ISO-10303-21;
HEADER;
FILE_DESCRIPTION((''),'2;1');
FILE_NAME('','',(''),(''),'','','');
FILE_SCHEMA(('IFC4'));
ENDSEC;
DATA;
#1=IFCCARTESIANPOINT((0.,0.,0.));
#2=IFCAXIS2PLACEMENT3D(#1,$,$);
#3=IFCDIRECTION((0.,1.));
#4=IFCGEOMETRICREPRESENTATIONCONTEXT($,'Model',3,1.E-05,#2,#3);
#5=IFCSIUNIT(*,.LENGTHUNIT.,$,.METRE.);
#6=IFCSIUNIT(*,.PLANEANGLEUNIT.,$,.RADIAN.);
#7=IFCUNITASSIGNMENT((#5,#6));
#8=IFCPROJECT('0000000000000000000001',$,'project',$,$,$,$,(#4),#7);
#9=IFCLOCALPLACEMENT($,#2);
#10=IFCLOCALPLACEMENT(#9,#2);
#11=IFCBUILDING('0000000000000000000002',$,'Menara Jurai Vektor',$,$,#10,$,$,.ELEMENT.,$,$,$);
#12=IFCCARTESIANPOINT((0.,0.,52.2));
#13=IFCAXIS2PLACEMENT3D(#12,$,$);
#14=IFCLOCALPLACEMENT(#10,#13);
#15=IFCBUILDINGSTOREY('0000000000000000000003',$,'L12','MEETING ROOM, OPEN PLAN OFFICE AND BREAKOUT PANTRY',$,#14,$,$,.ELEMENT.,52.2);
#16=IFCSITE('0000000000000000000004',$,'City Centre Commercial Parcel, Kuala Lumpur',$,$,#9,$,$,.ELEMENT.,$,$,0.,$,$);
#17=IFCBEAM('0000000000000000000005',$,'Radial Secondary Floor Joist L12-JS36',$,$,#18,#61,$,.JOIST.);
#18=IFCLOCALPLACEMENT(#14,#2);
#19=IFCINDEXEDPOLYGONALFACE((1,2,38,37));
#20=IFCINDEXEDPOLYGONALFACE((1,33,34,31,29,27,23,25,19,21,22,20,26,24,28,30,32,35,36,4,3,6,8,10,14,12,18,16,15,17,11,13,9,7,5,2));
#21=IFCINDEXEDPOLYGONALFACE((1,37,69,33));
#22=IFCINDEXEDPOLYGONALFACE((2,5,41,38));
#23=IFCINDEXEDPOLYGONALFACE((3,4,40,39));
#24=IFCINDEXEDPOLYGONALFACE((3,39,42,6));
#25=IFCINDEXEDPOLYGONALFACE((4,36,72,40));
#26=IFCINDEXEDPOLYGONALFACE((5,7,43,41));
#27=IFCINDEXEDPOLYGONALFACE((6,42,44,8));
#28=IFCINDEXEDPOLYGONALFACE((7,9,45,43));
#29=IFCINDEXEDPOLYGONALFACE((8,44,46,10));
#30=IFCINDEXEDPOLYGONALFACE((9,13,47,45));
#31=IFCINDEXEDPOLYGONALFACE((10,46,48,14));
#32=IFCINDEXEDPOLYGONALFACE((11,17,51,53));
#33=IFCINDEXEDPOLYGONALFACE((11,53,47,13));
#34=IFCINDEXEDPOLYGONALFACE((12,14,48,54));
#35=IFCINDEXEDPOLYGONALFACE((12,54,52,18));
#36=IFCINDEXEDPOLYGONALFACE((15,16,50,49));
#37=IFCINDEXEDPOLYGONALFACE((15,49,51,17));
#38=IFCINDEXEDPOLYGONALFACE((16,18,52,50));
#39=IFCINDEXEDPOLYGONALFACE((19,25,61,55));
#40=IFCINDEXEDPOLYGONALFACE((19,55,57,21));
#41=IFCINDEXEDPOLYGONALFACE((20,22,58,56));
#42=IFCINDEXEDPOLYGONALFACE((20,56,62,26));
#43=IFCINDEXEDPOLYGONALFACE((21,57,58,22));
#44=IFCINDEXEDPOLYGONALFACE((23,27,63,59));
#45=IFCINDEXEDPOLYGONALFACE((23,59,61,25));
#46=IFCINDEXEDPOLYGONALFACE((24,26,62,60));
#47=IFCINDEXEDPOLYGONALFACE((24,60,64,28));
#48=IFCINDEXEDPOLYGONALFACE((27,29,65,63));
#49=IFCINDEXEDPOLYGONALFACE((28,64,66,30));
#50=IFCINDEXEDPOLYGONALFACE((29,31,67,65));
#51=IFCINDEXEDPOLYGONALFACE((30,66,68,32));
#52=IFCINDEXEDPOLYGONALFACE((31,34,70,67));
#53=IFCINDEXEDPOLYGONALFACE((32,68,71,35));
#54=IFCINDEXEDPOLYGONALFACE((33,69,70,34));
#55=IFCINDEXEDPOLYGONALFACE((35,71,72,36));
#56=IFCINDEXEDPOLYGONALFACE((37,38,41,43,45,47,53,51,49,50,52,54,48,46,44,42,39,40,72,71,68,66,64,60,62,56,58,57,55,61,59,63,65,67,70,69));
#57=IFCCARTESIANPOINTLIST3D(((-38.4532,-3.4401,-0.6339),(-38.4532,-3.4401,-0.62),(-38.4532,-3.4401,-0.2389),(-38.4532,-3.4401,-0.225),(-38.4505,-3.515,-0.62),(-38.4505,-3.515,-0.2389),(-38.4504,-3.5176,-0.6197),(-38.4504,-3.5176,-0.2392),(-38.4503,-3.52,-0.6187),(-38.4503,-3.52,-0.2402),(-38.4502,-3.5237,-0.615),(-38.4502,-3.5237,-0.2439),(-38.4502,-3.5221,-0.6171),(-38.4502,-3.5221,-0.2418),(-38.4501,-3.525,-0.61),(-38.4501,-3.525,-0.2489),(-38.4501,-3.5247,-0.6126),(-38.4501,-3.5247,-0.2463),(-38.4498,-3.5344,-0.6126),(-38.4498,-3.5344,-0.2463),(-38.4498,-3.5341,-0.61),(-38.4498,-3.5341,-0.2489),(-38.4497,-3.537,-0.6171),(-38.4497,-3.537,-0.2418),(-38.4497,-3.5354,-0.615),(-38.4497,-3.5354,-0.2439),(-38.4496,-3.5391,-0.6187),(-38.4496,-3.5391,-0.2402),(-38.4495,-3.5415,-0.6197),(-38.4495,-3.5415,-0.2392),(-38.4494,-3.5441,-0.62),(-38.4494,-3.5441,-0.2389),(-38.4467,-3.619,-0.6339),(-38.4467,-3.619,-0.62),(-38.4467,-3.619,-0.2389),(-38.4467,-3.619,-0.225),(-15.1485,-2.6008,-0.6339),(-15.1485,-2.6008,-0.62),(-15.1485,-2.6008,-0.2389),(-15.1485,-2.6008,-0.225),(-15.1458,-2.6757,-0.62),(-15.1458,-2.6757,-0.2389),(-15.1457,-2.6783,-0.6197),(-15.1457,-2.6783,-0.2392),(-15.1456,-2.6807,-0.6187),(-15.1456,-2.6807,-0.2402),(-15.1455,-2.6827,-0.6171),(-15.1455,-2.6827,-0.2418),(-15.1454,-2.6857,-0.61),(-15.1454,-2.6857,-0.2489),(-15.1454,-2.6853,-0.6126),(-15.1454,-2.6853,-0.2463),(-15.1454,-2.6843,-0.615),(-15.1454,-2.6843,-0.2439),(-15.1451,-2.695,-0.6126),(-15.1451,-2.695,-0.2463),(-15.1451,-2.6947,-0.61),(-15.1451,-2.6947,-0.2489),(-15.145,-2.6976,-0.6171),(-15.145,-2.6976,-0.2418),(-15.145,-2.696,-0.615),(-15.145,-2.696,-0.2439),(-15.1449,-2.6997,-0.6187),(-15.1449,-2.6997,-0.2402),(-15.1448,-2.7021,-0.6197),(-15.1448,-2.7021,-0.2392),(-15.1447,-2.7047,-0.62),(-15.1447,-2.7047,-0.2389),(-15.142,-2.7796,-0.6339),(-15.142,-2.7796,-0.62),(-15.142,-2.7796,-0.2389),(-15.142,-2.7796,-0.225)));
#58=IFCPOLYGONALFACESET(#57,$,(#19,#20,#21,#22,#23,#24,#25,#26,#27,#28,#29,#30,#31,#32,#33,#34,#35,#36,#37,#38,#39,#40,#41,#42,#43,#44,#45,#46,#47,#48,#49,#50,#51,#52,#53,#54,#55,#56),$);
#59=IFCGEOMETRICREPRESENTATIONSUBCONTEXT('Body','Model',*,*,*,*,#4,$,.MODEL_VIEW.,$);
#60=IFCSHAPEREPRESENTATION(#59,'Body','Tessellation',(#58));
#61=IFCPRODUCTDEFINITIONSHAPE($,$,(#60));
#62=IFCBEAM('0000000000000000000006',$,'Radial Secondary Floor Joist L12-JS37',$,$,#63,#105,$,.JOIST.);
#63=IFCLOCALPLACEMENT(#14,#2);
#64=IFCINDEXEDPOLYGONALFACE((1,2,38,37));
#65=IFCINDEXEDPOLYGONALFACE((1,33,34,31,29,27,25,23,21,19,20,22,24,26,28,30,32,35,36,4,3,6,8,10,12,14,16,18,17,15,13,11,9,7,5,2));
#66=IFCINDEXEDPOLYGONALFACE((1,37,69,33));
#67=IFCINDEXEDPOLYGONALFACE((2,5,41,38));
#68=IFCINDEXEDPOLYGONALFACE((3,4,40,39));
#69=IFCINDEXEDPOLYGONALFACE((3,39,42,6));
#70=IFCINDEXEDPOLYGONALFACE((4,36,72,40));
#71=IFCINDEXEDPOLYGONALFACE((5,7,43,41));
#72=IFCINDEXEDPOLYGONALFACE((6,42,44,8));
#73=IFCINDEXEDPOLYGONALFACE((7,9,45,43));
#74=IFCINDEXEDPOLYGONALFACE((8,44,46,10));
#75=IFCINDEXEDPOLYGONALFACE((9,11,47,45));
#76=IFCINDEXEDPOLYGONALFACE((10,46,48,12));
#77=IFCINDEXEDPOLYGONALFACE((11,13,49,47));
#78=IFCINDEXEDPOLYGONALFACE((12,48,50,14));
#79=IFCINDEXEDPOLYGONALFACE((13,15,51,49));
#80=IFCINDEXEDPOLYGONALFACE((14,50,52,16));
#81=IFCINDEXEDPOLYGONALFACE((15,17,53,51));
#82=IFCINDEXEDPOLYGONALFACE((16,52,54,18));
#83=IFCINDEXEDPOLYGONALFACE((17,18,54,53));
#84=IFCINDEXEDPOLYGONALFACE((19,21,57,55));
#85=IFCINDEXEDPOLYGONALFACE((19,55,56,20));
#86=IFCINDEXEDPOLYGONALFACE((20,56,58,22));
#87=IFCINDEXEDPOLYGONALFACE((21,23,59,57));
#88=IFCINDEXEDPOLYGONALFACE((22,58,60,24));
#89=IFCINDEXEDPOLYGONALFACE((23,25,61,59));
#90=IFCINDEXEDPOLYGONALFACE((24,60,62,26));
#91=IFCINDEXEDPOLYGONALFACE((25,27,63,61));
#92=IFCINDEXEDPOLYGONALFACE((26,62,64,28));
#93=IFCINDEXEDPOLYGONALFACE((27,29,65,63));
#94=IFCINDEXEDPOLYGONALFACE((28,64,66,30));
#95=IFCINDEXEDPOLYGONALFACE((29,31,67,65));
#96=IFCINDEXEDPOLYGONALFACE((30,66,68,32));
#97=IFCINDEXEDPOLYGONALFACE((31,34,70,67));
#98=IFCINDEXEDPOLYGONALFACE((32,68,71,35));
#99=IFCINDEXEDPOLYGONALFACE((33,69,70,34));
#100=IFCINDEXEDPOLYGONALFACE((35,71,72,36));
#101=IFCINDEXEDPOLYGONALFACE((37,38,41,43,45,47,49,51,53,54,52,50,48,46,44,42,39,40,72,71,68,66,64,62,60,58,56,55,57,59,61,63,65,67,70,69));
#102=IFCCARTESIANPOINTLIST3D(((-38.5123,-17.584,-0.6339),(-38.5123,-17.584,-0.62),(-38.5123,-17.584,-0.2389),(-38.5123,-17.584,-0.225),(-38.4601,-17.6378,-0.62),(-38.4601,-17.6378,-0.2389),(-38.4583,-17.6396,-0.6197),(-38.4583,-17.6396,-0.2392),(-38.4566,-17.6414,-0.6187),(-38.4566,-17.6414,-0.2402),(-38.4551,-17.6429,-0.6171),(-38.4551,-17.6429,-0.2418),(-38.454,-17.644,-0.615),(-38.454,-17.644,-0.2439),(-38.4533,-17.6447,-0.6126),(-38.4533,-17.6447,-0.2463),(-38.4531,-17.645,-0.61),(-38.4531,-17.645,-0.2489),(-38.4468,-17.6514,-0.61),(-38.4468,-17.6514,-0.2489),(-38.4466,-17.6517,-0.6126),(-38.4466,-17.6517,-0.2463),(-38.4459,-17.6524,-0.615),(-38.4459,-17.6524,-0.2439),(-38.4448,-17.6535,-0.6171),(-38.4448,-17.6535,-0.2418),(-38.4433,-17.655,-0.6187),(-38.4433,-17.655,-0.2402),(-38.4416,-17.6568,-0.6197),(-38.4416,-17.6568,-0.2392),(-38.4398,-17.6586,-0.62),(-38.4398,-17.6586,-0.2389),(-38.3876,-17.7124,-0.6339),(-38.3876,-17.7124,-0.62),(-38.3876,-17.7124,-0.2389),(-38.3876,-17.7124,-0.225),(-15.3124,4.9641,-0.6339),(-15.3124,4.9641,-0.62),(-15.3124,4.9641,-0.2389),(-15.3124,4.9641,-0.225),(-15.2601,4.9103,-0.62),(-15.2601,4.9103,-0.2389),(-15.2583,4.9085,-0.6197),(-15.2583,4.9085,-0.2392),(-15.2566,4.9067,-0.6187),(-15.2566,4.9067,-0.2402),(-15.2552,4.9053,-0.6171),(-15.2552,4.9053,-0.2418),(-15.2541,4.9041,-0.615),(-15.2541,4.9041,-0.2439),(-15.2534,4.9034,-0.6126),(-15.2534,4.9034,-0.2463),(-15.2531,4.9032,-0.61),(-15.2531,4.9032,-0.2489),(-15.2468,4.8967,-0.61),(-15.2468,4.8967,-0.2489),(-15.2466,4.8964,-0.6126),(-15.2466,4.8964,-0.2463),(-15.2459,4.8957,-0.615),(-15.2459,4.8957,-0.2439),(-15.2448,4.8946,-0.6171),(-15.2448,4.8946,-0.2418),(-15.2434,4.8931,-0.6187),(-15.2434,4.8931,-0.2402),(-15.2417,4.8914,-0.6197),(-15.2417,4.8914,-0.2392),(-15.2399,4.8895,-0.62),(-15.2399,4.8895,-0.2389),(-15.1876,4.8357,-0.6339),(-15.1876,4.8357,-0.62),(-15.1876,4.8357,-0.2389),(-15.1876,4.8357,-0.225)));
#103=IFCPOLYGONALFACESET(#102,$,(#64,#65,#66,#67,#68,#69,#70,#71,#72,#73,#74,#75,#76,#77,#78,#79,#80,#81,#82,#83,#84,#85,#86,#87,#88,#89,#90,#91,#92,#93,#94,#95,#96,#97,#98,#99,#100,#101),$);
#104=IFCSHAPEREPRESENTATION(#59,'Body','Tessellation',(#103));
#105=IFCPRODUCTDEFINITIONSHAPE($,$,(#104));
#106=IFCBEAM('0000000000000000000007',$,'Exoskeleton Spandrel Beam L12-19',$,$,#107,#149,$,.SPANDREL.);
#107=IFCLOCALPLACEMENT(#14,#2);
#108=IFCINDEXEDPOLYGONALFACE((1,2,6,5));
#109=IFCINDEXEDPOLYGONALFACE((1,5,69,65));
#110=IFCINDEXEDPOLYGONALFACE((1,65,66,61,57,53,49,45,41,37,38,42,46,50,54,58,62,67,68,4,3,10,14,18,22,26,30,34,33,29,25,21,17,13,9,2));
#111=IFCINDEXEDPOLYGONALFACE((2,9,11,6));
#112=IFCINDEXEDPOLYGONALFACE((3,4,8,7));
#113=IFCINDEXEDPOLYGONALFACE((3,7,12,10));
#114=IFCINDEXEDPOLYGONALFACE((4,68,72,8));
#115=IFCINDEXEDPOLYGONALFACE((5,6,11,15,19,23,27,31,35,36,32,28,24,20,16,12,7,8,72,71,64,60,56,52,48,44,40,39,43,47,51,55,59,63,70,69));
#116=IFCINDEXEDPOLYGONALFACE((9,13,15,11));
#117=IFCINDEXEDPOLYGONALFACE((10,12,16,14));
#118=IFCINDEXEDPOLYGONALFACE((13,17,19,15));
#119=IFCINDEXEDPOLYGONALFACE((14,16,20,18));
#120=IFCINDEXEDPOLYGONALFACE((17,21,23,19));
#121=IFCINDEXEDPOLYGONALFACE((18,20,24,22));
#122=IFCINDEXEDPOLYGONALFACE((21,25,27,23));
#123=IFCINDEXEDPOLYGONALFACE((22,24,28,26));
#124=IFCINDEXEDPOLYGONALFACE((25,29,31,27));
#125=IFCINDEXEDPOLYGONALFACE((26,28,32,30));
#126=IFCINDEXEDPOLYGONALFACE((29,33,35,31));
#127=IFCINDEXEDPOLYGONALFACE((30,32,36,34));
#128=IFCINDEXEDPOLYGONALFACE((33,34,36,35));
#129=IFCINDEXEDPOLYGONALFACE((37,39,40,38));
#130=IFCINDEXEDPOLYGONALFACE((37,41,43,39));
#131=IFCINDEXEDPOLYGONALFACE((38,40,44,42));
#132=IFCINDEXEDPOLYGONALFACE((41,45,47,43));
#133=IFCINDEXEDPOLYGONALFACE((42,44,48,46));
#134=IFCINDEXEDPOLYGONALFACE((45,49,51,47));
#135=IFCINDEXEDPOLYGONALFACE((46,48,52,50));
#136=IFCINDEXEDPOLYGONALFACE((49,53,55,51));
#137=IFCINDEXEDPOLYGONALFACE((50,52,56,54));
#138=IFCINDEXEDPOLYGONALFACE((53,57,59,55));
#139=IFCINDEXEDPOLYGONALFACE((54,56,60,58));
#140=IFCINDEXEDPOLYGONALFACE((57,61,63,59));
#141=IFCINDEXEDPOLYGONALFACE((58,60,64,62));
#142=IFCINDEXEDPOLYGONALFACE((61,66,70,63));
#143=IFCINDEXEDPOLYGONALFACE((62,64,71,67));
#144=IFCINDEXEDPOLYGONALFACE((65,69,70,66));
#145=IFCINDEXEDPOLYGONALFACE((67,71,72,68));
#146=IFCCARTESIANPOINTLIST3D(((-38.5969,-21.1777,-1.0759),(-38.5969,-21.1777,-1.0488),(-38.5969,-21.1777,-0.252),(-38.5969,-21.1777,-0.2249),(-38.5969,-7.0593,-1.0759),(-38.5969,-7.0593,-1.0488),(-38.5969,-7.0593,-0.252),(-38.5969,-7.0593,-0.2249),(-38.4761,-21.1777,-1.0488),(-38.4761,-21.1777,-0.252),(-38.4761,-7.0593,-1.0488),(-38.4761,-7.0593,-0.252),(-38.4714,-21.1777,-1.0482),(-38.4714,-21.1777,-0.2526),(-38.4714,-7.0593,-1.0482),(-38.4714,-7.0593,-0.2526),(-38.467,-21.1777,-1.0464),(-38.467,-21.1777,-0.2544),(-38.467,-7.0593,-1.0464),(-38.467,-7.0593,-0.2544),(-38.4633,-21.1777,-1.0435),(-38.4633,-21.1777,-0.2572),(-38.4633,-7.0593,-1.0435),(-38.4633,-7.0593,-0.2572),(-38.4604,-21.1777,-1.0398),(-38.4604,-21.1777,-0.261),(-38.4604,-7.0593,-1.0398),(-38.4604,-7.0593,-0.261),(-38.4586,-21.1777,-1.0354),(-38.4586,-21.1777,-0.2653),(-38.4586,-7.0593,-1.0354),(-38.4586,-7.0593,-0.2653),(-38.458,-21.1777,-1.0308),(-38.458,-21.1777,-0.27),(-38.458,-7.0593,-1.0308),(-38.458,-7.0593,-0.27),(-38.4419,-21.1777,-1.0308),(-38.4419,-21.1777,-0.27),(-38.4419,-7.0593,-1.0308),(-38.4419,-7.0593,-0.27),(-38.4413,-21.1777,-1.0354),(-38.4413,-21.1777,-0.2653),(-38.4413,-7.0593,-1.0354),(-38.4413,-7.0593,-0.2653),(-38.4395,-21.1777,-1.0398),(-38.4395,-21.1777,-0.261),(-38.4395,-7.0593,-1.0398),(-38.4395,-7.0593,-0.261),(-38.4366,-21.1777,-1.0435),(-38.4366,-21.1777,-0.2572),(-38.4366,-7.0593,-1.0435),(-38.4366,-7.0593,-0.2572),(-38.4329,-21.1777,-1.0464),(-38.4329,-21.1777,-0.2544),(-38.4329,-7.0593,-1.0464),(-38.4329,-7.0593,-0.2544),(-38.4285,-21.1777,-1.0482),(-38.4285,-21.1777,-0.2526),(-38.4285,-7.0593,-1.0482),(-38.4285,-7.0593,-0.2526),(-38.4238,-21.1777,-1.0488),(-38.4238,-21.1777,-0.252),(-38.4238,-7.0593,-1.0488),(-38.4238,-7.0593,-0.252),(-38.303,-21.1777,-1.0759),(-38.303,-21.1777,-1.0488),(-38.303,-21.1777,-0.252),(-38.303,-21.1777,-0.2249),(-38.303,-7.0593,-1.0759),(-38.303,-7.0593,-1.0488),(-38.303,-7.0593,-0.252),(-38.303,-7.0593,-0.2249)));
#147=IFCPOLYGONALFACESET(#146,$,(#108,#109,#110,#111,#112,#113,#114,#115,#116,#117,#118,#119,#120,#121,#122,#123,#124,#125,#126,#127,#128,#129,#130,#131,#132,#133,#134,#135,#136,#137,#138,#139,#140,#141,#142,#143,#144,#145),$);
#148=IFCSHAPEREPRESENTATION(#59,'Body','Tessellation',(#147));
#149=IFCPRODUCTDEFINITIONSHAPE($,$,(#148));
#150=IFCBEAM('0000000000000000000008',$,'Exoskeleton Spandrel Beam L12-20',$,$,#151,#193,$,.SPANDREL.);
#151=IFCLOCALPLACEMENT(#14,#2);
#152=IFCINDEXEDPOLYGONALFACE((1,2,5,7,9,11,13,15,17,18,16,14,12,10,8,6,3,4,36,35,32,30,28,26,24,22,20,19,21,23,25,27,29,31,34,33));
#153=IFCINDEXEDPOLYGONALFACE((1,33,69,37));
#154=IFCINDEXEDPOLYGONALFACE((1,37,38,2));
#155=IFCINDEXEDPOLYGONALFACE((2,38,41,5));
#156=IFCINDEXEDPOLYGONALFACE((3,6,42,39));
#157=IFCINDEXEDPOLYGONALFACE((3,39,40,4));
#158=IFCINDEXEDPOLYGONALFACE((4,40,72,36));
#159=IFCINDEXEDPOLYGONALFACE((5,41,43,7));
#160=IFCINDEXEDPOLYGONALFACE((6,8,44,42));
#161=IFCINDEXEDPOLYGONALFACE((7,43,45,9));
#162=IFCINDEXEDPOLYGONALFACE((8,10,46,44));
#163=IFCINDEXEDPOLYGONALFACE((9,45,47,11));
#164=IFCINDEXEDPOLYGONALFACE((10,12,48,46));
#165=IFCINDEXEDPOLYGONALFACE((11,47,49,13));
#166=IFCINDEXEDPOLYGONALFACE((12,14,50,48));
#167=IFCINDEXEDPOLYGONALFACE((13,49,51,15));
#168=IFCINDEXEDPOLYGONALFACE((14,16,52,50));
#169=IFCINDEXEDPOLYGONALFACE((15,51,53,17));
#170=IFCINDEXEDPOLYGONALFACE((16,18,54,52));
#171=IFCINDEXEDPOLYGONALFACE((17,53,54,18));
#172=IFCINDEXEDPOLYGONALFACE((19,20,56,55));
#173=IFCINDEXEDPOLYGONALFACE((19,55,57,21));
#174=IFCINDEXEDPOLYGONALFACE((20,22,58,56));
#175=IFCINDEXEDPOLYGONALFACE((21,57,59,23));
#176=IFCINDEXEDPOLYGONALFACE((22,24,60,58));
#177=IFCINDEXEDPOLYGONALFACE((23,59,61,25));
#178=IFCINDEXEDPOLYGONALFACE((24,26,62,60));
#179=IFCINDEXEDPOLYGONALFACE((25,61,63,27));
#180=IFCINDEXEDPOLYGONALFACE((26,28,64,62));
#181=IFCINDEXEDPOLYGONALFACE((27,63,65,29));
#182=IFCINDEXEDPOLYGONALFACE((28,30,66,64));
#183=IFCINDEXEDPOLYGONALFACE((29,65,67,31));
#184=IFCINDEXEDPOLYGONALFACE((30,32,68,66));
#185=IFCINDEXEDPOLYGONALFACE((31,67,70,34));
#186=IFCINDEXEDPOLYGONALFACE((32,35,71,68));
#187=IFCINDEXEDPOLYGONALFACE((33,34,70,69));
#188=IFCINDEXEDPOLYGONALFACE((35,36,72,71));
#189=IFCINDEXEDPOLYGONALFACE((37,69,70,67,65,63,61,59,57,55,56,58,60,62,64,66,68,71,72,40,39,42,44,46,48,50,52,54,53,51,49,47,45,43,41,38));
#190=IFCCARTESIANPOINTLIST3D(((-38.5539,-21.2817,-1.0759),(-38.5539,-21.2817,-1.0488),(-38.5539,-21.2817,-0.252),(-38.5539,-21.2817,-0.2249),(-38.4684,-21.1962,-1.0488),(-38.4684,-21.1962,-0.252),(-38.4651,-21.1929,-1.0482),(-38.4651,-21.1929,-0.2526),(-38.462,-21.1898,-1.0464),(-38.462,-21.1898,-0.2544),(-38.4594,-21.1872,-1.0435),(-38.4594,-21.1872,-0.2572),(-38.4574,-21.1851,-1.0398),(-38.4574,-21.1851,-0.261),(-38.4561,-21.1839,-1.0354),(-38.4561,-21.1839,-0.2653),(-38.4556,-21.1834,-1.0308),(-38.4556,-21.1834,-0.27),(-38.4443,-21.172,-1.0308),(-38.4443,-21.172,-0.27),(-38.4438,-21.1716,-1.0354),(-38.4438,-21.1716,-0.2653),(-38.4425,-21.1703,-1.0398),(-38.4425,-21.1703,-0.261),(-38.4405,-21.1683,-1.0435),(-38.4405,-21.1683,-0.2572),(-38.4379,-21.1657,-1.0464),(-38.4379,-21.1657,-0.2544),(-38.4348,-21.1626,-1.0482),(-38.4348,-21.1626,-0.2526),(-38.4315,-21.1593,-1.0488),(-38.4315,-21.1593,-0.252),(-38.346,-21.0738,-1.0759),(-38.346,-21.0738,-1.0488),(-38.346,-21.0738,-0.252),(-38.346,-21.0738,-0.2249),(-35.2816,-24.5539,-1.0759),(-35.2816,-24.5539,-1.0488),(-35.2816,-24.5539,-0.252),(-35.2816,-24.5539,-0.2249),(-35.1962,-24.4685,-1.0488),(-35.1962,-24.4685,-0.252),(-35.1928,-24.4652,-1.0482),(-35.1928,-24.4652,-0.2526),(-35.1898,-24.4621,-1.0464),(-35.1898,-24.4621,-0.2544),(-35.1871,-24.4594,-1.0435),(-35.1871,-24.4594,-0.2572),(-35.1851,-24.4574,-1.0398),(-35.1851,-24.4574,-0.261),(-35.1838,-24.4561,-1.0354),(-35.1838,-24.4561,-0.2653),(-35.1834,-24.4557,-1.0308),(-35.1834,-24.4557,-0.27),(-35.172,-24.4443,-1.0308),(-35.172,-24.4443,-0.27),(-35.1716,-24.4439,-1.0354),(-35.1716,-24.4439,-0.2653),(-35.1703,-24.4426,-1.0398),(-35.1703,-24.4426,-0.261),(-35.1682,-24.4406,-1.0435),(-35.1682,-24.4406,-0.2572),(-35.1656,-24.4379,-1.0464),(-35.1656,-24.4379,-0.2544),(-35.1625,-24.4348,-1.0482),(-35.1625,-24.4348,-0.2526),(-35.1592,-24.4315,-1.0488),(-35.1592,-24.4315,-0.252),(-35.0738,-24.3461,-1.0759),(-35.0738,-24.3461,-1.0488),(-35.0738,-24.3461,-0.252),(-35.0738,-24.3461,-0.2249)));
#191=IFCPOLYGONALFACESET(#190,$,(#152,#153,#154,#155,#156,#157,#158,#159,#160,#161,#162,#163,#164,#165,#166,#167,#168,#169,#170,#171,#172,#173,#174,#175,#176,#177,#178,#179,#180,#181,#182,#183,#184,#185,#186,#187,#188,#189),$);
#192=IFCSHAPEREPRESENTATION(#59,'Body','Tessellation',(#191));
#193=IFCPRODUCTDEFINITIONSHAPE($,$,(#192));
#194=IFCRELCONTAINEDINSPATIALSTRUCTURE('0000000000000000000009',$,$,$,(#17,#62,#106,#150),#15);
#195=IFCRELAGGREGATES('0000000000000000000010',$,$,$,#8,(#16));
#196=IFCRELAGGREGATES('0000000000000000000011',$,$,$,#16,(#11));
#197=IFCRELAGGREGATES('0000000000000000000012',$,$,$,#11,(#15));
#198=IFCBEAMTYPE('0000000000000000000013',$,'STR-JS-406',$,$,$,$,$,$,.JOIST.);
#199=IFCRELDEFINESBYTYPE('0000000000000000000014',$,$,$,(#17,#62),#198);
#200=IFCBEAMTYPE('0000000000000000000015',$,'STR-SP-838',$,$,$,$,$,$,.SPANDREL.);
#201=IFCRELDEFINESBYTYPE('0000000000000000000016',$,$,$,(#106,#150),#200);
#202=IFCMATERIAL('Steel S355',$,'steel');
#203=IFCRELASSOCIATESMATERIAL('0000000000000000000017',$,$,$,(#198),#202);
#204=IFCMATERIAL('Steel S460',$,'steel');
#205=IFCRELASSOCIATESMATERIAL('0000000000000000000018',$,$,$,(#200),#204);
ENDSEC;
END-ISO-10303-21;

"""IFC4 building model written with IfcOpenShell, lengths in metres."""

from ifc_helpers import new_model, si_unit, direction, frame, origin, origin_2d, place, context, subcontext, project, spatial, i_section, extrude, material, material_profile, profile_set, type_object, element, save


model = new_model("IFC4")

# Units and contexts
model_context = context("Model", 3, precision=1e-05, world=origin(), true_north=direction((0.0, 1.0)))
body_context = subcontext(model_context, "Body", "Model", "MODEL_VIEW")
ifc_project = project(units=[si_unit("LENGTHUNIT", "METRE"), si_unit("PLANEANGLEUNIT", "RADIAN")], contexts=[model_context])

# Site, building, storey
site_placement = place(None, origin())
site = spatial("IfcSite", under=ifc_project, at=site_placement, Name="City Centre Commercial Parcel, Kuala Lumpur", CompositionType="ELEMENT", RefElevation=0.0)
building_placement = place(site_placement, origin())
building = spatial("IfcBuilding", under=site, at=building_placement, Name="Menara Jurai Vektor", CompositionType="ELEMENT")
storey_placement = place(building_placement, frame((0.0, 0.0, 52.2)))
storey = spatial("IfcBuildingStorey", under=building, at=storey_placement, Name="L12", Description="MEETING ROOM, OPEN PLAN OFFICE AND BREAKOUT PANTRY", CompositionType="ELEMENT", Elevation=52.2)

# Shared definitions
ifc_material_1 = material(Name="Steel S460", Category="steel")

# Shared definitions
ifc_material_2 = material(Name="Steel S355", Category="steel")

# Beams
ifc_material_profile_1 = material_profile(ifc_material_2, i_section(OverallWidth=0.179, OverallDepth=0.4089, WebThickness=0.009, FlangeThickness=0.0139, FilletRadius=0.01, at=origin_2d()), Name="UKB 406x178x67")
ifc_profile_set_1 = profile_set([ifc_material_profile_1], Name="Steel S355")
beam_type_1 = type_object("IfcBeamType", Name="STR-JS-406", PredefinedType="JOIST", material=ifc_profile_set_1)
beam_1_placement = place(storey_placement, frame((-38.45, -3.5295, -0.4294), z_axis=(0.999352, 0.035993, 0.0), x_axis=(-0.035993, 0.999352, 0.0)))
element("IfcBeam", 1, at=beam_1_placement, inside=storey, type_object=beam_type_1, Name="Radial Secondary Floor Joist L12-JS36", PredefinedType="JOIST", context=body_context, shape_type="SweptSolid", body=[
    extrude(i_section(OverallWidth=0.179, OverallDepth=0.4089, WebThickness=0.009, FlangeThickness=0.0139, FilletRadius=0.01, at=origin_2d()), origin(), (0.0, 0.0, 1.0), 23.3198),
])
beam_2_placement = place(storey_placement, frame((-38.45, -17.6482, -0.4294), z_axis=(0.717109, 0.696961, 0.0), x_axis=(-0.696961, 0.717109, 0.0)))
element("IfcBeam", 2, at=beam_2_placement, inside=storey, type_object=beam_type_1, Name="Radial Secondary Floor Joist L12-JS37", PredefinedType="JOIST", context=body_context, shape_type="SweptSolid", body=[
    extrude(i_section(OverallWidth=0.179, OverallDepth=0.4089, WebThickness=0.009, FlangeThickness=0.0139, FilletRadius=0.01, at=origin_2d()), origin(), (0.0, 0.0, 1.0), 32.3521),
])
ifc_material_profile_2 = material_profile(ifc_material_1, i_section(OverallWidth=0.2939, OverallDepth=0.8511, WebThickness=0.0161, FlangeThickness=0.0271, FilletRadius=0.0181, at=origin_2d()), Name="UKB 838x292x226")
ifc_profile_set_2 = profile_set([ifc_material_profile_2], Name="Steel S460")
beam_type_2 = type_object("IfcBeamType", Name="STR-SP-838", PredefinedType="SPANDREL", material=ifc_profile_set_2)
beam_3_placement = place(storey_placement, frame((-38.45, -7.0593, -0.6504), z_axis=(0.0, -1.0, 0.0), x_axis=(1.0, 0.0, 0.0)))
element("IfcBeam", 3, at=beam_3_placement, inside=storey, type_object=beam_type_2, Name="Exoskeleton Spandrel Beam L12-19", PredefinedType="SPANDREL", context=body_context, shape_type="SweptSolid", body=[
    extrude(i_section(OverallWidth=0.2939, OverallDepth=0.8511, WebThickness=0.0161, FlangeThickness=0.0271, FilletRadius=0.0181, at=origin_2d()), origin(), (0.0, 0.0, 1.0), 14.1184),
])
beam_4_placement = place(storey_placement, frame((-38.45, -21.1777, -0.6504), z_axis=(0.707107, -0.707107, 0.0), x_axis=(0.707107, 0.707107, 0.0)))
element("IfcBeam", 4, at=beam_4_placement, inside=storey, type_object=beam_type_2, Name="Exoskeleton Spandrel Beam L12-20", PredefinedType="SPANDREL", context=body_context, shape_type="SweptSolid", body=[
    extrude(i_section(OverallWidth=0.2939, OverallDepth=0.8511, WebThickness=0.0161, FlangeThickness=0.0271, FilletRadius=0.0181, at=origin_2d()), origin(), (0.0, 0.0, 1.0), 4.6277),
])

save(model, "model.ifc")
